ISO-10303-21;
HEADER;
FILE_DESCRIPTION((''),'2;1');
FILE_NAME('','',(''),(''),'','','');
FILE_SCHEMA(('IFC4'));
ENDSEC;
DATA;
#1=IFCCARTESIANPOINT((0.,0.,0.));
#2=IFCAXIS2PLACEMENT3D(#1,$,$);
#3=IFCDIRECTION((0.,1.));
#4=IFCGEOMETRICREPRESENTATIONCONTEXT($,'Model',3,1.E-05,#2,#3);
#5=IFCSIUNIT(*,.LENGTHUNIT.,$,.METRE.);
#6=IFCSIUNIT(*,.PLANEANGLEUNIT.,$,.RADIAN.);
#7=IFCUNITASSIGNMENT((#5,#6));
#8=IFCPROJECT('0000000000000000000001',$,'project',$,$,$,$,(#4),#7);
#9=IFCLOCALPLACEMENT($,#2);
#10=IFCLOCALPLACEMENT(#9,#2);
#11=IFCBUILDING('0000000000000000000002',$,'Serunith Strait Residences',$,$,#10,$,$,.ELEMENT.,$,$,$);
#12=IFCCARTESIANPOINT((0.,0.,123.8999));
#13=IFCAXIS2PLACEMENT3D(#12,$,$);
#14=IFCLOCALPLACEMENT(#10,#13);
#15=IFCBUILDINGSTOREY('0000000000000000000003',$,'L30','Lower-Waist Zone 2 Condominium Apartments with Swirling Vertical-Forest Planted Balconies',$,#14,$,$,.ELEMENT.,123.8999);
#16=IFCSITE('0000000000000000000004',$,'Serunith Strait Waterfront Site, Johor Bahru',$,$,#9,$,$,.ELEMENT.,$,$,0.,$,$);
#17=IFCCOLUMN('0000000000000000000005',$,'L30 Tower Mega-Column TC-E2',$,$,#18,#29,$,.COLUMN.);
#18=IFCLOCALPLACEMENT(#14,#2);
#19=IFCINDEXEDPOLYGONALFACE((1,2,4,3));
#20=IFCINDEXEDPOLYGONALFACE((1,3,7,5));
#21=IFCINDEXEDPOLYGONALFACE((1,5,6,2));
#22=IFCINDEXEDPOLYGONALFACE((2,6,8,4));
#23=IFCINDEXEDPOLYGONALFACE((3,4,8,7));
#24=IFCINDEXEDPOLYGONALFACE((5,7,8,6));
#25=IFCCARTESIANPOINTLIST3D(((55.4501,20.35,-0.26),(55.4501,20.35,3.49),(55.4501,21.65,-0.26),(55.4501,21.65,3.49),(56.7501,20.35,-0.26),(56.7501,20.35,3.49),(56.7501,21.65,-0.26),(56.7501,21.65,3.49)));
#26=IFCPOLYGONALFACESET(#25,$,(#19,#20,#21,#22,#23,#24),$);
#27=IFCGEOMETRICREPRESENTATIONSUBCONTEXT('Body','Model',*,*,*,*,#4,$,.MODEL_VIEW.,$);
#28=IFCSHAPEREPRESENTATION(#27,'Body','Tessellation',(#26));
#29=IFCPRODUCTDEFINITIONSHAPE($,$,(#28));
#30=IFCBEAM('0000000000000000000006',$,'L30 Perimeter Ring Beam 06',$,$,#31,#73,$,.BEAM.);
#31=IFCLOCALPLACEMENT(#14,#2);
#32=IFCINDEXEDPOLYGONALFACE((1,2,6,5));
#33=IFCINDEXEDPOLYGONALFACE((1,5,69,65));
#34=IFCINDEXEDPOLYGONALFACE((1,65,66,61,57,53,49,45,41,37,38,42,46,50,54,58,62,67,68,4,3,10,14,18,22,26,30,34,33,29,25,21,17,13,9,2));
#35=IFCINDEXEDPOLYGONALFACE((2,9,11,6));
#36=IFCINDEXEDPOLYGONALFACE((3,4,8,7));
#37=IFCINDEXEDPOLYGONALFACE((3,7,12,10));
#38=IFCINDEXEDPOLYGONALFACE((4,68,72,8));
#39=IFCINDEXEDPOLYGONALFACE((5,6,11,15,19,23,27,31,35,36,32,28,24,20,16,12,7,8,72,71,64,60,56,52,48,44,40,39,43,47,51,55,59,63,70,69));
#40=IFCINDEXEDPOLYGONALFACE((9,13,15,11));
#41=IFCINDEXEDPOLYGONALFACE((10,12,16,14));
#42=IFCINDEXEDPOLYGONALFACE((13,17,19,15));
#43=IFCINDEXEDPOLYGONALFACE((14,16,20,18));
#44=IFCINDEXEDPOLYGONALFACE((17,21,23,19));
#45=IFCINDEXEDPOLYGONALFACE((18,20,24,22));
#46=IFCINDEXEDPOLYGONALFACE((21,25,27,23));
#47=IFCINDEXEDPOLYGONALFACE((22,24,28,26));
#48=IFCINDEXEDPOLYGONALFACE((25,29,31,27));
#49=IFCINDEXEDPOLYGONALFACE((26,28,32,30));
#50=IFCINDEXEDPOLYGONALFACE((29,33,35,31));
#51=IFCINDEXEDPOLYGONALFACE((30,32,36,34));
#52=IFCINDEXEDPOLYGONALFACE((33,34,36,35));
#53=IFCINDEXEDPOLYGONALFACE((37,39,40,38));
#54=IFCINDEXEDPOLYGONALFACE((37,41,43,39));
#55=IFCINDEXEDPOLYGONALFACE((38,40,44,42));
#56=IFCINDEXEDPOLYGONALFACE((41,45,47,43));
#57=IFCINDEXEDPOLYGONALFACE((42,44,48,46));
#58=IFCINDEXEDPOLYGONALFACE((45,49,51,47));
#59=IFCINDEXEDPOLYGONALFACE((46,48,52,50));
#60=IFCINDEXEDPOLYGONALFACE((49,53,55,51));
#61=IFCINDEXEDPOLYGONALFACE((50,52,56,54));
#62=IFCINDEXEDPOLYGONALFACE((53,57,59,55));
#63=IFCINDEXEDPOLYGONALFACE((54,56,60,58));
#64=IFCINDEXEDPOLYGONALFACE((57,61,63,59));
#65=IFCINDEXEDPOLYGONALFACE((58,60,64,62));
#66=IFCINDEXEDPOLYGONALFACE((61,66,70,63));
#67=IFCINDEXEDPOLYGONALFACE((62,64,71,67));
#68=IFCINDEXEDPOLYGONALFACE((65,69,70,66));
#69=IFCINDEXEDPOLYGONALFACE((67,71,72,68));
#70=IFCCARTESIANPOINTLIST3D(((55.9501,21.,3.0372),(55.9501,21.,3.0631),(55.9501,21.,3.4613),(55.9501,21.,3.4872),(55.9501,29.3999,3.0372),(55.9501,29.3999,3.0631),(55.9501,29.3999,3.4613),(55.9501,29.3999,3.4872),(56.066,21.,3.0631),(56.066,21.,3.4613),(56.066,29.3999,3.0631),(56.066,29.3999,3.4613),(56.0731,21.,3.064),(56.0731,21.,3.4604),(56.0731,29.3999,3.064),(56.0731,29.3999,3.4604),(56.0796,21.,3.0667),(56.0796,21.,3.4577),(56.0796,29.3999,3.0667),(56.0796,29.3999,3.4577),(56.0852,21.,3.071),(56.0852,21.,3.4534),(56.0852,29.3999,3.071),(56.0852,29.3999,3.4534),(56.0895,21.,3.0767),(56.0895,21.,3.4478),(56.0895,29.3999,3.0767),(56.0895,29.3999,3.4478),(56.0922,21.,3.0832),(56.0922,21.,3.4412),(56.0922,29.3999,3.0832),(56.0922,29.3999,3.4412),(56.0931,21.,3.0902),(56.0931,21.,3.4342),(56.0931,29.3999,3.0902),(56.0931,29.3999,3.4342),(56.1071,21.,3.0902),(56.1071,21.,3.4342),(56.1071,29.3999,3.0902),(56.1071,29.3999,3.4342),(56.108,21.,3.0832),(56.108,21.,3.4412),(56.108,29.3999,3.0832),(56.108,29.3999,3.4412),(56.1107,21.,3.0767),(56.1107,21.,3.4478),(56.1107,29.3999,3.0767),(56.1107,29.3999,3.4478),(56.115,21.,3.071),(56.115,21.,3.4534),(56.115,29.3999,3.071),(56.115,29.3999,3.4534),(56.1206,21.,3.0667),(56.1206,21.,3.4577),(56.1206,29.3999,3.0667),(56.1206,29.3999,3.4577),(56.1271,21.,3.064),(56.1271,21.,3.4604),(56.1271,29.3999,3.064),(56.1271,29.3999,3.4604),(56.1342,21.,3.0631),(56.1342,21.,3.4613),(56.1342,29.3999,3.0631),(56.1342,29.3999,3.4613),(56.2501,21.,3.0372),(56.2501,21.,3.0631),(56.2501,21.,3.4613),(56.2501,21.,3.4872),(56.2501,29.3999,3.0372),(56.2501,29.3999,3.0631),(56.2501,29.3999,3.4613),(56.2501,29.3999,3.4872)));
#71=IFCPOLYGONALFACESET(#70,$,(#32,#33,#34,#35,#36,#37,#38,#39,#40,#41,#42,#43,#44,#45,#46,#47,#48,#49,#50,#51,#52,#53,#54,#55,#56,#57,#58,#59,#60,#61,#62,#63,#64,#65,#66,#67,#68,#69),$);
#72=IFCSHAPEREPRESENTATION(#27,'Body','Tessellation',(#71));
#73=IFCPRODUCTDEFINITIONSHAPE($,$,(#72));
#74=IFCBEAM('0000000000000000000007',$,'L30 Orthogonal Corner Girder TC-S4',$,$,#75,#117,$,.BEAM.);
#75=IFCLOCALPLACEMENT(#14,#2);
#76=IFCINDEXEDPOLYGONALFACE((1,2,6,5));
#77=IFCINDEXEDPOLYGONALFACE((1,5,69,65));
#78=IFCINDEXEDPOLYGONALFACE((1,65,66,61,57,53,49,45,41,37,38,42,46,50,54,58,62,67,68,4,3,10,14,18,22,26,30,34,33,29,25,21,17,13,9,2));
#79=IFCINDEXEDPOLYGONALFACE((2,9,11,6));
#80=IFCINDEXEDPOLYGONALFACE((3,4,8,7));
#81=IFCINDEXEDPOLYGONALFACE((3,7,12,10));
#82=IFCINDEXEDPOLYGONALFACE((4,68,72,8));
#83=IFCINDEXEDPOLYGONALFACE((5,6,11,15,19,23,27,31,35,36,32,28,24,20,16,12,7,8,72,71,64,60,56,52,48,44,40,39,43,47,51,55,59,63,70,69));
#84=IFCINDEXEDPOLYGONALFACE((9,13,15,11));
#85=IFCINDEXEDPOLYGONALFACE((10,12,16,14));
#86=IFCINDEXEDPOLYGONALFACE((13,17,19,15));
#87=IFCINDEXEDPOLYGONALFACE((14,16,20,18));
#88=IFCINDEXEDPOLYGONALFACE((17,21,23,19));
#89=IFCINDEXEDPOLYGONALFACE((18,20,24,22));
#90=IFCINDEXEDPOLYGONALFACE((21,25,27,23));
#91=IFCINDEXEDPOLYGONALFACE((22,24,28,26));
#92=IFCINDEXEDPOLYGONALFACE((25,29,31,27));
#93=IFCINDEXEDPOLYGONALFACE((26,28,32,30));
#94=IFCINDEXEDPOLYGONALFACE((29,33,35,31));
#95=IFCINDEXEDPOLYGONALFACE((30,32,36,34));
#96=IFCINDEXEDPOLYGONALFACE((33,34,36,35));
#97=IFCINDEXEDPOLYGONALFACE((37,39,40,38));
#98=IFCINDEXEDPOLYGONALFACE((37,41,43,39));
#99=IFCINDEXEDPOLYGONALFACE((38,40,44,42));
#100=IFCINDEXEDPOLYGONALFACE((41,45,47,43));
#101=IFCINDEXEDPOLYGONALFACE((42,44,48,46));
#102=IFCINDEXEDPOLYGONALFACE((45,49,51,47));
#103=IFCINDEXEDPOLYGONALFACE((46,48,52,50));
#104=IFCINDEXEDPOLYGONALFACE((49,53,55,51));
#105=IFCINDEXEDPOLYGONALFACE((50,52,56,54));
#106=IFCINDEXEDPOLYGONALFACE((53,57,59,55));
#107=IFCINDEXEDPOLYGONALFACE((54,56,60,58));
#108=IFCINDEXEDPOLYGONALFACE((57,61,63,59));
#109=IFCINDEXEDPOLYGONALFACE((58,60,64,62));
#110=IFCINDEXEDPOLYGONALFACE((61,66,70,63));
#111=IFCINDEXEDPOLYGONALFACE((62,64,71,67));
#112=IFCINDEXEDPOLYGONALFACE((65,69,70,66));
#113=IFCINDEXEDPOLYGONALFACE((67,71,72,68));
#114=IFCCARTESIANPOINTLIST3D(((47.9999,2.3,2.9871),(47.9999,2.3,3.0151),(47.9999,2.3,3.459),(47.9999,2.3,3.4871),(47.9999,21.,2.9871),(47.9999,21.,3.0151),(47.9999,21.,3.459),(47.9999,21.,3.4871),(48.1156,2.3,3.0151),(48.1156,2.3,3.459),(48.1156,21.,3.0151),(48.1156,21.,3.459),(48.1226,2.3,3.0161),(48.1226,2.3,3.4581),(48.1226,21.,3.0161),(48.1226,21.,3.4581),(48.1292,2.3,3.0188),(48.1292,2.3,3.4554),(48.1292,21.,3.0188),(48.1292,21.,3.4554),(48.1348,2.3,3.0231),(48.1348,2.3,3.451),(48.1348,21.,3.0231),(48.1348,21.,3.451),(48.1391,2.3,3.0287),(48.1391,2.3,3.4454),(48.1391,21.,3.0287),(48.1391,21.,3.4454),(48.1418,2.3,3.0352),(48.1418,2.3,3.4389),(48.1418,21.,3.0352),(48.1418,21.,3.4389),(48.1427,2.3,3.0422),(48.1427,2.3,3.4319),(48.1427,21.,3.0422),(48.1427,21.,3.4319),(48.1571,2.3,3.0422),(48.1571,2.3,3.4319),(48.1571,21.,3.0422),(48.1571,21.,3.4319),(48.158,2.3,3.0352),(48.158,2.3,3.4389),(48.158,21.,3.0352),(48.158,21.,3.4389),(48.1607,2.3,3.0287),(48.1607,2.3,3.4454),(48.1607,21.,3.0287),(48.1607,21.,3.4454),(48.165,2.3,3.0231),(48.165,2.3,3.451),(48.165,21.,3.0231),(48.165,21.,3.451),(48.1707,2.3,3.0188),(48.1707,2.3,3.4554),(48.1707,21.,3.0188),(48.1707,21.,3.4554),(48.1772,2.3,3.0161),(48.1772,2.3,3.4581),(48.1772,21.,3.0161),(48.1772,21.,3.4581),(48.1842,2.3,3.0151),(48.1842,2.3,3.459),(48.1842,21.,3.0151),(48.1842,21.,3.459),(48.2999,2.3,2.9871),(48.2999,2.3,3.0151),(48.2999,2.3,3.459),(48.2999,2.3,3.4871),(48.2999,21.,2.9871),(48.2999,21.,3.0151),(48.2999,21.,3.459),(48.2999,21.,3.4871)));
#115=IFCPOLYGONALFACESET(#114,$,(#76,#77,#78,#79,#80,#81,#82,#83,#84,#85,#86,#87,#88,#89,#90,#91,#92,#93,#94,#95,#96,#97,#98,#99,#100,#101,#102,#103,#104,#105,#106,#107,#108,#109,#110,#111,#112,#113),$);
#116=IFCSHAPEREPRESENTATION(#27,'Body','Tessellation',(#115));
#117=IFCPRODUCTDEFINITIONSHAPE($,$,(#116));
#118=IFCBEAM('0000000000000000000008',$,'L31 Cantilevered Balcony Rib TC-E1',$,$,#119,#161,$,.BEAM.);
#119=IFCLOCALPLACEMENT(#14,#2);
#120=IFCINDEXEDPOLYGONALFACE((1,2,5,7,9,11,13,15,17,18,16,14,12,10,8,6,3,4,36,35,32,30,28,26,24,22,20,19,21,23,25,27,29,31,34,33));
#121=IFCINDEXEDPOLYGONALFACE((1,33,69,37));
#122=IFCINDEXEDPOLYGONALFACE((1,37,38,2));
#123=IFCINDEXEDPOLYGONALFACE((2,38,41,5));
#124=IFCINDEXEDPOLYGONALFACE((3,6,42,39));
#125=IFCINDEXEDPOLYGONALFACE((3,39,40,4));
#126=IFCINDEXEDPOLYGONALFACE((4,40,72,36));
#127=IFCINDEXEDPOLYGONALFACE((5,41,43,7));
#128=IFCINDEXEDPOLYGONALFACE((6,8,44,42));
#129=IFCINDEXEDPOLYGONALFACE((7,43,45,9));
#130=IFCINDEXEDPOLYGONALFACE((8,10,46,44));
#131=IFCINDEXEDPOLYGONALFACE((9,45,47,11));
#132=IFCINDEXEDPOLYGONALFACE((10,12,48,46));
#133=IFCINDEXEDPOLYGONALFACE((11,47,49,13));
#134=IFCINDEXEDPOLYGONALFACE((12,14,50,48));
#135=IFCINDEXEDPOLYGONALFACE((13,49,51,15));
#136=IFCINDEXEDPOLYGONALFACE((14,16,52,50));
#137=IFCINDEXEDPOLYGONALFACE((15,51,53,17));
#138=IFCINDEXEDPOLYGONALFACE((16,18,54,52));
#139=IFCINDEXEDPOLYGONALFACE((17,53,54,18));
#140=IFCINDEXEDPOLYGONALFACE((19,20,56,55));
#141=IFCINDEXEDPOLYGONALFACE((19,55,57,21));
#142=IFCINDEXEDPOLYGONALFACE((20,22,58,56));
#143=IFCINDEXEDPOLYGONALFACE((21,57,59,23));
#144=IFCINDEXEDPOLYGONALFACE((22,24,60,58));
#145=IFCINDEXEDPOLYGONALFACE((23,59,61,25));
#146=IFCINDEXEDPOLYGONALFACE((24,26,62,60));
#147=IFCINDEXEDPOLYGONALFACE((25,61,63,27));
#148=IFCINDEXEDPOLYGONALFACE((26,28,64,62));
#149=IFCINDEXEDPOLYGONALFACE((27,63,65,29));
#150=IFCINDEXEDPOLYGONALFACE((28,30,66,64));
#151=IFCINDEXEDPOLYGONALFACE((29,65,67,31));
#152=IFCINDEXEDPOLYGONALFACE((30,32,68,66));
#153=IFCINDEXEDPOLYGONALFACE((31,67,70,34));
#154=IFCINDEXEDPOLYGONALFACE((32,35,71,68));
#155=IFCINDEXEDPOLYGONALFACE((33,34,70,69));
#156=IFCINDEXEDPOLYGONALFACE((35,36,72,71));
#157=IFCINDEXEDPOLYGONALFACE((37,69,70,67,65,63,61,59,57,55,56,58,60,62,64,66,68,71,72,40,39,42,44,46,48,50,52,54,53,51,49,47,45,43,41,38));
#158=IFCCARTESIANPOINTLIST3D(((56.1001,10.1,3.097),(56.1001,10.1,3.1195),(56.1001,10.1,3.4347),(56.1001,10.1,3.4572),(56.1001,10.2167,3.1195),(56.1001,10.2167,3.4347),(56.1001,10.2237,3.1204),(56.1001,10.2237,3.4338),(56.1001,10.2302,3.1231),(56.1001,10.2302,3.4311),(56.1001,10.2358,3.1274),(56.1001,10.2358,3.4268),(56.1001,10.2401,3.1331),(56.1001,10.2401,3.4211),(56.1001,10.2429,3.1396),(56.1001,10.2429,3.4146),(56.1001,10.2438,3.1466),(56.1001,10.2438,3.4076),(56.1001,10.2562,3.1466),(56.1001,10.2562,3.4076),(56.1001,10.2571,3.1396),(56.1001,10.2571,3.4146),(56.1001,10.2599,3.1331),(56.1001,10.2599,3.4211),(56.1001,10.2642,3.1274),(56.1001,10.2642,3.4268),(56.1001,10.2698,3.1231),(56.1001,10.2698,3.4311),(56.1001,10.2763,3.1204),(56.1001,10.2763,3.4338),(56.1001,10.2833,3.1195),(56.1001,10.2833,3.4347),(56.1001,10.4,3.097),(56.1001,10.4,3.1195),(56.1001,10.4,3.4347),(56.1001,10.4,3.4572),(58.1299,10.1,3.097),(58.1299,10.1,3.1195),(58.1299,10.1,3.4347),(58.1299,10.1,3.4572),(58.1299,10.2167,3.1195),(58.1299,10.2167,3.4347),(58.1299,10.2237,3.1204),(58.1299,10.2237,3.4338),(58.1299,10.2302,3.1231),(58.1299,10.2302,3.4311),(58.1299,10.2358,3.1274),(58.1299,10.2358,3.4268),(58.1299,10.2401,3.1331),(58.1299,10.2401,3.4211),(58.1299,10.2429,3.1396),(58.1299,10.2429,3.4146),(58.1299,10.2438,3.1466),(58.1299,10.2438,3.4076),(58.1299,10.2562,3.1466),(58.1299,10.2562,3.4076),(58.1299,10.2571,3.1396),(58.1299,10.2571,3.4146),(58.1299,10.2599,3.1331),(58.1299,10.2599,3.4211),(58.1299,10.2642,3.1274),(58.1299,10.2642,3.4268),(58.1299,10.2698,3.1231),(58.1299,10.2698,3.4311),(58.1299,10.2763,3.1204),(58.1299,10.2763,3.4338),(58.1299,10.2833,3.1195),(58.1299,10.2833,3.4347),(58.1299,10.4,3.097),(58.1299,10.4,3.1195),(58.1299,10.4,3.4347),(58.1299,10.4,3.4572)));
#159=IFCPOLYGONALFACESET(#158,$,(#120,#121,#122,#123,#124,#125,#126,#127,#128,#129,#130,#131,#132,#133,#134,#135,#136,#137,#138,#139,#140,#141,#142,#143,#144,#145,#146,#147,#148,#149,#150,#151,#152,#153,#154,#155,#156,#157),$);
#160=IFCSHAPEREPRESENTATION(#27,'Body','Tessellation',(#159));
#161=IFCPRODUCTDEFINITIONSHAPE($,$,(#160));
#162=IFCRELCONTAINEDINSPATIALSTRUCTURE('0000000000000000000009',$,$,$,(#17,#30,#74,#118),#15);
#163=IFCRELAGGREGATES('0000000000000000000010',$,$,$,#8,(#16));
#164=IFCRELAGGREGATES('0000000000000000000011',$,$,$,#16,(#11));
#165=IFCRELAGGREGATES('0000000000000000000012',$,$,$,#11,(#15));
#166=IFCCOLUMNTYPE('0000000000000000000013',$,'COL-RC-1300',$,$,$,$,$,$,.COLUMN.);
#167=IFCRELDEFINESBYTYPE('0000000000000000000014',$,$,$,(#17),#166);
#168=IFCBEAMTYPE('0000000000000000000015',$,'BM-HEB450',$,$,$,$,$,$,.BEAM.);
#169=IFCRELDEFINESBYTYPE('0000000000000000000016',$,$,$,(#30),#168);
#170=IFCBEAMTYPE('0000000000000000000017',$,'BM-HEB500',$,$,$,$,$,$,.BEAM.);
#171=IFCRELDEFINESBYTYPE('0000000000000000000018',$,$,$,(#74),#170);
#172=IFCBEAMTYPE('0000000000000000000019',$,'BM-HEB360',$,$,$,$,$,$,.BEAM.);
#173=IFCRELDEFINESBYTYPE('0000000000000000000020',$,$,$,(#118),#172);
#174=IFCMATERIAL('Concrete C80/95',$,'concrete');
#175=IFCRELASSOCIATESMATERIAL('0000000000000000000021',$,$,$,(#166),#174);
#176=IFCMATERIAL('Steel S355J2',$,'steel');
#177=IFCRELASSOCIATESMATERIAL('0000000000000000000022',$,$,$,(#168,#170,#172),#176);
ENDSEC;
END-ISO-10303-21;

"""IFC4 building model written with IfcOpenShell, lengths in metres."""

from ifc_helpers import new_model, si_unit, direction, frame, origin, origin_2d, place, context, subcontext, project, spatial, rectangle, i_section, extrude, source, transform, mapped, material, material_profile, profile_set, type_object, element, save


model = new_model("IFC4")

# Units and contexts
model_context = context("Model", 3, precision=1e-05, world=origin(), true_north=direction((0.0, 1.0)))
body_context = subcontext(model_context, "Body", "Model", "MODEL_VIEW")
ifc_project = project(units=[si_unit("LENGTHUNIT", "METRE"), si_unit("PLANEANGLEUNIT", "RADIAN")], contexts=[model_context])

# Site, building, storey
site_placement = place(None, origin())
site = spatial("IfcSite", under=ifc_project, at=site_placement, Name="Serunith Strait Waterfront Site, Johor Bahru", CompositionType="ELEMENT", RefElevation=0.0)
building_placement = place(site_placement, origin())
building = spatial("IfcBuilding", under=site, at=building_placement, Name="Serunith Strait Residences", CompositionType="ELEMENT")
storey_placement = place(building_placement, frame((0.0, 0.0, 123.8999)))
storey = spatial("IfcBuildingStorey", under=building, at=storey_placement, Name="L30", Description="Lower-Waist Zone 2 Condominium Apartments with Swirling Vertical-Forest Planted Balconies", CompositionType="ELEMENT", Elevation=123.8999)

# Column
ifc_material_1 = material(Name="Concrete C80/95", Category="concrete")
ifc_material_profile_1 = material_profile(ifc_material_1, rectangle(XDim=1.3, YDim=1.3, at=origin_2d()), Name="RC 1300x1300")
ifc_profile_set_1 = profile_set([ifc_material_profile_1], Name="Concrete C80/95")
column_type = type_object("IfcColumnType", Name="COL-RC-1300", PredefinedType="COLUMN", material=ifc_profile_set_1)
shared_shape_1 = source(origin(), body_context, "Body", "SweptSolid", [
    extrude(rectangle(XDim=1.3, YDim=1.3, at=origin_2d()), origin(), (0.0, 0.0, 1.0), 3.75),
])
column_placement = place(storey_placement, frame((56.1001, 21.0, -0.26), z_axis=(0.0, 0.0, 1.0), x_axis=(1.0, 0.0, 0.0)))
element("IfcColumn", 1, at=column_placement, inside=storey, type_object=column_type, Name="L30 Tower Mega-Column TC-E2", PredefinedType="COLUMN", context=body_context, shape_type="MappedRepresentation", body=[
    mapped(shared_shape_1, transform((0.0, 0.0, 0.0), scale=1.0)),
])

# Beams
ifc_material_2 = material(Name="Steel S355J2", Category="steel")
ifc_material_profile_2 = material_profile(ifc_material_2, i_section(OverallWidth=0.3, OverallDepth=0.45, WebThickness=0.0139, FlangeThickness=0.0259, FilletRadius=0.0271, at=origin_2d()), Name="HEB 450")
ifc_profile_set_2 = profile_set([ifc_material_profile_2], Name="Steel S355J2")
beam_type_1 = type_object("IfcBeamType", Name="BM-HEB450", PredefinedType="BEAM", material=ifc_profile_set_2)
shared_shape_2 = source(origin(), body_context, "Body", "SweptSolid", [
    extrude(i_section(OverallWidth=0.3, OverallDepth=0.45, WebThickness=0.0139, FlangeThickness=0.0259, FilletRadius=0.0271, at=origin_2d()), origin(), (0.0, 0.0, 1.0), 8.3999),
])
beam_1_placement = place(storey_placement, frame((56.1001, 21.0, 3.2622), z_axis=(0.0, 1.0, 0.0), x_axis=(-1.0, 0.0, 0.0)))
element("IfcBeam", 2, at=beam_1_placement, inside=storey, type_object=beam_type_1, Name="L30 Perimeter Ring Beam 06", PredefinedType="BEAM", context=body_context, shape_type="MappedRepresentation", body=[
    mapped(shared_shape_2, transform((0.0, 0.0, 0.0), scale=1.0)),
])
ifc_material_profile_3 = material_profile(ifc_material_2, i_section(OverallWidth=0.3, OverallDepth=0.5, WebThickness=0.0144, FlangeThickness=0.0281, FilletRadius=0.0271, at=origin_2d()), Name="HEB 500")
ifc_profile_set_3 = profile_set([ifc_material_profile_3], Name="Steel S355J2")
beam_type_2 = type_object("IfcBeamType", Name="BM-HEB500", PredefinedType="BEAM", material=ifc_profile_set_3)
shared_shape_3 = source(origin(), body_context, "Body", "SweptSolid", [
    extrude(i_section(OverallWidth=0.3, OverallDepth=0.5, WebThickness=0.0144, FlangeThickness=0.0281, FilletRadius=0.0271, at=origin_2d()), origin(), (0.0, 0.0, 1.0), 18.7),
])
beam_2_placement = place(storey_placement, frame((48.1499, 21.0, 3.2371), z_axis=(0.0, -1.0, 0.0), x_axis=(1.0, 0.0, 0.0)))
element("IfcBeam", 3, at=beam_2_placement, inside=storey, type_object=beam_type_2, Name="L30 Orthogonal Corner Girder TC-S4", PredefinedType="BEAM", context=body_context, shape_type="MappedRepresentation", body=[
    mapped(shared_shape_3, transform((0.0, 0.0, 0.0), scale=1.0)),
])
ifc_material_profile_4 = material_profile(ifc_material_2, i_section(OverallWidth=0.3, OverallDepth=0.3601, WebThickness=0.0125, FlangeThickness=0.0225, FilletRadius=0.0271, at=origin_2d()), Name="HEB 360")
ifc_profile_set_4 = profile_set([ifc_material_profile_4], Name="Steel S355J2")
beam_type_3 = type_object("IfcBeamType", Name="BM-HEB360", PredefinedType="BEAM", material=ifc_profile_set_4)
shared_shape_4 = source(origin(), body_context, "Body", "SweptSolid", [
    extrude(i_section(OverallWidth=0.3, OverallDepth=0.3601, WebThickness=0.0125, FlangeThickness=0.0225, FilletRadius=0.0271, at=origin_2d()), origin(), (0.0, 0.0, 1.0), 2.0298),
])
for number, where, z_axis, x_axis, name in (
    (4, (56.1001, 10.25, 3.2771), (1.0, 0.0, 0.0), (0.0, 1.0, 0.0), "L31 Cantilevered Balcony Rib TC-E1"),
):
    element("IfcBeam", number, at=place(storey_placement, frame(where, z_axis=z_axis, x_axis=x_axis)), inside=storey, type_object=beam_type_3, Name=name, PredefinedType="BEAM", context=body_context, shape_type="MappedRepresentation", body=[
        mapped(shared_shape_4, transform((0.0, 0.0, 0.0), scale=1.0)),
    ])

save(model, "model.ifc")
